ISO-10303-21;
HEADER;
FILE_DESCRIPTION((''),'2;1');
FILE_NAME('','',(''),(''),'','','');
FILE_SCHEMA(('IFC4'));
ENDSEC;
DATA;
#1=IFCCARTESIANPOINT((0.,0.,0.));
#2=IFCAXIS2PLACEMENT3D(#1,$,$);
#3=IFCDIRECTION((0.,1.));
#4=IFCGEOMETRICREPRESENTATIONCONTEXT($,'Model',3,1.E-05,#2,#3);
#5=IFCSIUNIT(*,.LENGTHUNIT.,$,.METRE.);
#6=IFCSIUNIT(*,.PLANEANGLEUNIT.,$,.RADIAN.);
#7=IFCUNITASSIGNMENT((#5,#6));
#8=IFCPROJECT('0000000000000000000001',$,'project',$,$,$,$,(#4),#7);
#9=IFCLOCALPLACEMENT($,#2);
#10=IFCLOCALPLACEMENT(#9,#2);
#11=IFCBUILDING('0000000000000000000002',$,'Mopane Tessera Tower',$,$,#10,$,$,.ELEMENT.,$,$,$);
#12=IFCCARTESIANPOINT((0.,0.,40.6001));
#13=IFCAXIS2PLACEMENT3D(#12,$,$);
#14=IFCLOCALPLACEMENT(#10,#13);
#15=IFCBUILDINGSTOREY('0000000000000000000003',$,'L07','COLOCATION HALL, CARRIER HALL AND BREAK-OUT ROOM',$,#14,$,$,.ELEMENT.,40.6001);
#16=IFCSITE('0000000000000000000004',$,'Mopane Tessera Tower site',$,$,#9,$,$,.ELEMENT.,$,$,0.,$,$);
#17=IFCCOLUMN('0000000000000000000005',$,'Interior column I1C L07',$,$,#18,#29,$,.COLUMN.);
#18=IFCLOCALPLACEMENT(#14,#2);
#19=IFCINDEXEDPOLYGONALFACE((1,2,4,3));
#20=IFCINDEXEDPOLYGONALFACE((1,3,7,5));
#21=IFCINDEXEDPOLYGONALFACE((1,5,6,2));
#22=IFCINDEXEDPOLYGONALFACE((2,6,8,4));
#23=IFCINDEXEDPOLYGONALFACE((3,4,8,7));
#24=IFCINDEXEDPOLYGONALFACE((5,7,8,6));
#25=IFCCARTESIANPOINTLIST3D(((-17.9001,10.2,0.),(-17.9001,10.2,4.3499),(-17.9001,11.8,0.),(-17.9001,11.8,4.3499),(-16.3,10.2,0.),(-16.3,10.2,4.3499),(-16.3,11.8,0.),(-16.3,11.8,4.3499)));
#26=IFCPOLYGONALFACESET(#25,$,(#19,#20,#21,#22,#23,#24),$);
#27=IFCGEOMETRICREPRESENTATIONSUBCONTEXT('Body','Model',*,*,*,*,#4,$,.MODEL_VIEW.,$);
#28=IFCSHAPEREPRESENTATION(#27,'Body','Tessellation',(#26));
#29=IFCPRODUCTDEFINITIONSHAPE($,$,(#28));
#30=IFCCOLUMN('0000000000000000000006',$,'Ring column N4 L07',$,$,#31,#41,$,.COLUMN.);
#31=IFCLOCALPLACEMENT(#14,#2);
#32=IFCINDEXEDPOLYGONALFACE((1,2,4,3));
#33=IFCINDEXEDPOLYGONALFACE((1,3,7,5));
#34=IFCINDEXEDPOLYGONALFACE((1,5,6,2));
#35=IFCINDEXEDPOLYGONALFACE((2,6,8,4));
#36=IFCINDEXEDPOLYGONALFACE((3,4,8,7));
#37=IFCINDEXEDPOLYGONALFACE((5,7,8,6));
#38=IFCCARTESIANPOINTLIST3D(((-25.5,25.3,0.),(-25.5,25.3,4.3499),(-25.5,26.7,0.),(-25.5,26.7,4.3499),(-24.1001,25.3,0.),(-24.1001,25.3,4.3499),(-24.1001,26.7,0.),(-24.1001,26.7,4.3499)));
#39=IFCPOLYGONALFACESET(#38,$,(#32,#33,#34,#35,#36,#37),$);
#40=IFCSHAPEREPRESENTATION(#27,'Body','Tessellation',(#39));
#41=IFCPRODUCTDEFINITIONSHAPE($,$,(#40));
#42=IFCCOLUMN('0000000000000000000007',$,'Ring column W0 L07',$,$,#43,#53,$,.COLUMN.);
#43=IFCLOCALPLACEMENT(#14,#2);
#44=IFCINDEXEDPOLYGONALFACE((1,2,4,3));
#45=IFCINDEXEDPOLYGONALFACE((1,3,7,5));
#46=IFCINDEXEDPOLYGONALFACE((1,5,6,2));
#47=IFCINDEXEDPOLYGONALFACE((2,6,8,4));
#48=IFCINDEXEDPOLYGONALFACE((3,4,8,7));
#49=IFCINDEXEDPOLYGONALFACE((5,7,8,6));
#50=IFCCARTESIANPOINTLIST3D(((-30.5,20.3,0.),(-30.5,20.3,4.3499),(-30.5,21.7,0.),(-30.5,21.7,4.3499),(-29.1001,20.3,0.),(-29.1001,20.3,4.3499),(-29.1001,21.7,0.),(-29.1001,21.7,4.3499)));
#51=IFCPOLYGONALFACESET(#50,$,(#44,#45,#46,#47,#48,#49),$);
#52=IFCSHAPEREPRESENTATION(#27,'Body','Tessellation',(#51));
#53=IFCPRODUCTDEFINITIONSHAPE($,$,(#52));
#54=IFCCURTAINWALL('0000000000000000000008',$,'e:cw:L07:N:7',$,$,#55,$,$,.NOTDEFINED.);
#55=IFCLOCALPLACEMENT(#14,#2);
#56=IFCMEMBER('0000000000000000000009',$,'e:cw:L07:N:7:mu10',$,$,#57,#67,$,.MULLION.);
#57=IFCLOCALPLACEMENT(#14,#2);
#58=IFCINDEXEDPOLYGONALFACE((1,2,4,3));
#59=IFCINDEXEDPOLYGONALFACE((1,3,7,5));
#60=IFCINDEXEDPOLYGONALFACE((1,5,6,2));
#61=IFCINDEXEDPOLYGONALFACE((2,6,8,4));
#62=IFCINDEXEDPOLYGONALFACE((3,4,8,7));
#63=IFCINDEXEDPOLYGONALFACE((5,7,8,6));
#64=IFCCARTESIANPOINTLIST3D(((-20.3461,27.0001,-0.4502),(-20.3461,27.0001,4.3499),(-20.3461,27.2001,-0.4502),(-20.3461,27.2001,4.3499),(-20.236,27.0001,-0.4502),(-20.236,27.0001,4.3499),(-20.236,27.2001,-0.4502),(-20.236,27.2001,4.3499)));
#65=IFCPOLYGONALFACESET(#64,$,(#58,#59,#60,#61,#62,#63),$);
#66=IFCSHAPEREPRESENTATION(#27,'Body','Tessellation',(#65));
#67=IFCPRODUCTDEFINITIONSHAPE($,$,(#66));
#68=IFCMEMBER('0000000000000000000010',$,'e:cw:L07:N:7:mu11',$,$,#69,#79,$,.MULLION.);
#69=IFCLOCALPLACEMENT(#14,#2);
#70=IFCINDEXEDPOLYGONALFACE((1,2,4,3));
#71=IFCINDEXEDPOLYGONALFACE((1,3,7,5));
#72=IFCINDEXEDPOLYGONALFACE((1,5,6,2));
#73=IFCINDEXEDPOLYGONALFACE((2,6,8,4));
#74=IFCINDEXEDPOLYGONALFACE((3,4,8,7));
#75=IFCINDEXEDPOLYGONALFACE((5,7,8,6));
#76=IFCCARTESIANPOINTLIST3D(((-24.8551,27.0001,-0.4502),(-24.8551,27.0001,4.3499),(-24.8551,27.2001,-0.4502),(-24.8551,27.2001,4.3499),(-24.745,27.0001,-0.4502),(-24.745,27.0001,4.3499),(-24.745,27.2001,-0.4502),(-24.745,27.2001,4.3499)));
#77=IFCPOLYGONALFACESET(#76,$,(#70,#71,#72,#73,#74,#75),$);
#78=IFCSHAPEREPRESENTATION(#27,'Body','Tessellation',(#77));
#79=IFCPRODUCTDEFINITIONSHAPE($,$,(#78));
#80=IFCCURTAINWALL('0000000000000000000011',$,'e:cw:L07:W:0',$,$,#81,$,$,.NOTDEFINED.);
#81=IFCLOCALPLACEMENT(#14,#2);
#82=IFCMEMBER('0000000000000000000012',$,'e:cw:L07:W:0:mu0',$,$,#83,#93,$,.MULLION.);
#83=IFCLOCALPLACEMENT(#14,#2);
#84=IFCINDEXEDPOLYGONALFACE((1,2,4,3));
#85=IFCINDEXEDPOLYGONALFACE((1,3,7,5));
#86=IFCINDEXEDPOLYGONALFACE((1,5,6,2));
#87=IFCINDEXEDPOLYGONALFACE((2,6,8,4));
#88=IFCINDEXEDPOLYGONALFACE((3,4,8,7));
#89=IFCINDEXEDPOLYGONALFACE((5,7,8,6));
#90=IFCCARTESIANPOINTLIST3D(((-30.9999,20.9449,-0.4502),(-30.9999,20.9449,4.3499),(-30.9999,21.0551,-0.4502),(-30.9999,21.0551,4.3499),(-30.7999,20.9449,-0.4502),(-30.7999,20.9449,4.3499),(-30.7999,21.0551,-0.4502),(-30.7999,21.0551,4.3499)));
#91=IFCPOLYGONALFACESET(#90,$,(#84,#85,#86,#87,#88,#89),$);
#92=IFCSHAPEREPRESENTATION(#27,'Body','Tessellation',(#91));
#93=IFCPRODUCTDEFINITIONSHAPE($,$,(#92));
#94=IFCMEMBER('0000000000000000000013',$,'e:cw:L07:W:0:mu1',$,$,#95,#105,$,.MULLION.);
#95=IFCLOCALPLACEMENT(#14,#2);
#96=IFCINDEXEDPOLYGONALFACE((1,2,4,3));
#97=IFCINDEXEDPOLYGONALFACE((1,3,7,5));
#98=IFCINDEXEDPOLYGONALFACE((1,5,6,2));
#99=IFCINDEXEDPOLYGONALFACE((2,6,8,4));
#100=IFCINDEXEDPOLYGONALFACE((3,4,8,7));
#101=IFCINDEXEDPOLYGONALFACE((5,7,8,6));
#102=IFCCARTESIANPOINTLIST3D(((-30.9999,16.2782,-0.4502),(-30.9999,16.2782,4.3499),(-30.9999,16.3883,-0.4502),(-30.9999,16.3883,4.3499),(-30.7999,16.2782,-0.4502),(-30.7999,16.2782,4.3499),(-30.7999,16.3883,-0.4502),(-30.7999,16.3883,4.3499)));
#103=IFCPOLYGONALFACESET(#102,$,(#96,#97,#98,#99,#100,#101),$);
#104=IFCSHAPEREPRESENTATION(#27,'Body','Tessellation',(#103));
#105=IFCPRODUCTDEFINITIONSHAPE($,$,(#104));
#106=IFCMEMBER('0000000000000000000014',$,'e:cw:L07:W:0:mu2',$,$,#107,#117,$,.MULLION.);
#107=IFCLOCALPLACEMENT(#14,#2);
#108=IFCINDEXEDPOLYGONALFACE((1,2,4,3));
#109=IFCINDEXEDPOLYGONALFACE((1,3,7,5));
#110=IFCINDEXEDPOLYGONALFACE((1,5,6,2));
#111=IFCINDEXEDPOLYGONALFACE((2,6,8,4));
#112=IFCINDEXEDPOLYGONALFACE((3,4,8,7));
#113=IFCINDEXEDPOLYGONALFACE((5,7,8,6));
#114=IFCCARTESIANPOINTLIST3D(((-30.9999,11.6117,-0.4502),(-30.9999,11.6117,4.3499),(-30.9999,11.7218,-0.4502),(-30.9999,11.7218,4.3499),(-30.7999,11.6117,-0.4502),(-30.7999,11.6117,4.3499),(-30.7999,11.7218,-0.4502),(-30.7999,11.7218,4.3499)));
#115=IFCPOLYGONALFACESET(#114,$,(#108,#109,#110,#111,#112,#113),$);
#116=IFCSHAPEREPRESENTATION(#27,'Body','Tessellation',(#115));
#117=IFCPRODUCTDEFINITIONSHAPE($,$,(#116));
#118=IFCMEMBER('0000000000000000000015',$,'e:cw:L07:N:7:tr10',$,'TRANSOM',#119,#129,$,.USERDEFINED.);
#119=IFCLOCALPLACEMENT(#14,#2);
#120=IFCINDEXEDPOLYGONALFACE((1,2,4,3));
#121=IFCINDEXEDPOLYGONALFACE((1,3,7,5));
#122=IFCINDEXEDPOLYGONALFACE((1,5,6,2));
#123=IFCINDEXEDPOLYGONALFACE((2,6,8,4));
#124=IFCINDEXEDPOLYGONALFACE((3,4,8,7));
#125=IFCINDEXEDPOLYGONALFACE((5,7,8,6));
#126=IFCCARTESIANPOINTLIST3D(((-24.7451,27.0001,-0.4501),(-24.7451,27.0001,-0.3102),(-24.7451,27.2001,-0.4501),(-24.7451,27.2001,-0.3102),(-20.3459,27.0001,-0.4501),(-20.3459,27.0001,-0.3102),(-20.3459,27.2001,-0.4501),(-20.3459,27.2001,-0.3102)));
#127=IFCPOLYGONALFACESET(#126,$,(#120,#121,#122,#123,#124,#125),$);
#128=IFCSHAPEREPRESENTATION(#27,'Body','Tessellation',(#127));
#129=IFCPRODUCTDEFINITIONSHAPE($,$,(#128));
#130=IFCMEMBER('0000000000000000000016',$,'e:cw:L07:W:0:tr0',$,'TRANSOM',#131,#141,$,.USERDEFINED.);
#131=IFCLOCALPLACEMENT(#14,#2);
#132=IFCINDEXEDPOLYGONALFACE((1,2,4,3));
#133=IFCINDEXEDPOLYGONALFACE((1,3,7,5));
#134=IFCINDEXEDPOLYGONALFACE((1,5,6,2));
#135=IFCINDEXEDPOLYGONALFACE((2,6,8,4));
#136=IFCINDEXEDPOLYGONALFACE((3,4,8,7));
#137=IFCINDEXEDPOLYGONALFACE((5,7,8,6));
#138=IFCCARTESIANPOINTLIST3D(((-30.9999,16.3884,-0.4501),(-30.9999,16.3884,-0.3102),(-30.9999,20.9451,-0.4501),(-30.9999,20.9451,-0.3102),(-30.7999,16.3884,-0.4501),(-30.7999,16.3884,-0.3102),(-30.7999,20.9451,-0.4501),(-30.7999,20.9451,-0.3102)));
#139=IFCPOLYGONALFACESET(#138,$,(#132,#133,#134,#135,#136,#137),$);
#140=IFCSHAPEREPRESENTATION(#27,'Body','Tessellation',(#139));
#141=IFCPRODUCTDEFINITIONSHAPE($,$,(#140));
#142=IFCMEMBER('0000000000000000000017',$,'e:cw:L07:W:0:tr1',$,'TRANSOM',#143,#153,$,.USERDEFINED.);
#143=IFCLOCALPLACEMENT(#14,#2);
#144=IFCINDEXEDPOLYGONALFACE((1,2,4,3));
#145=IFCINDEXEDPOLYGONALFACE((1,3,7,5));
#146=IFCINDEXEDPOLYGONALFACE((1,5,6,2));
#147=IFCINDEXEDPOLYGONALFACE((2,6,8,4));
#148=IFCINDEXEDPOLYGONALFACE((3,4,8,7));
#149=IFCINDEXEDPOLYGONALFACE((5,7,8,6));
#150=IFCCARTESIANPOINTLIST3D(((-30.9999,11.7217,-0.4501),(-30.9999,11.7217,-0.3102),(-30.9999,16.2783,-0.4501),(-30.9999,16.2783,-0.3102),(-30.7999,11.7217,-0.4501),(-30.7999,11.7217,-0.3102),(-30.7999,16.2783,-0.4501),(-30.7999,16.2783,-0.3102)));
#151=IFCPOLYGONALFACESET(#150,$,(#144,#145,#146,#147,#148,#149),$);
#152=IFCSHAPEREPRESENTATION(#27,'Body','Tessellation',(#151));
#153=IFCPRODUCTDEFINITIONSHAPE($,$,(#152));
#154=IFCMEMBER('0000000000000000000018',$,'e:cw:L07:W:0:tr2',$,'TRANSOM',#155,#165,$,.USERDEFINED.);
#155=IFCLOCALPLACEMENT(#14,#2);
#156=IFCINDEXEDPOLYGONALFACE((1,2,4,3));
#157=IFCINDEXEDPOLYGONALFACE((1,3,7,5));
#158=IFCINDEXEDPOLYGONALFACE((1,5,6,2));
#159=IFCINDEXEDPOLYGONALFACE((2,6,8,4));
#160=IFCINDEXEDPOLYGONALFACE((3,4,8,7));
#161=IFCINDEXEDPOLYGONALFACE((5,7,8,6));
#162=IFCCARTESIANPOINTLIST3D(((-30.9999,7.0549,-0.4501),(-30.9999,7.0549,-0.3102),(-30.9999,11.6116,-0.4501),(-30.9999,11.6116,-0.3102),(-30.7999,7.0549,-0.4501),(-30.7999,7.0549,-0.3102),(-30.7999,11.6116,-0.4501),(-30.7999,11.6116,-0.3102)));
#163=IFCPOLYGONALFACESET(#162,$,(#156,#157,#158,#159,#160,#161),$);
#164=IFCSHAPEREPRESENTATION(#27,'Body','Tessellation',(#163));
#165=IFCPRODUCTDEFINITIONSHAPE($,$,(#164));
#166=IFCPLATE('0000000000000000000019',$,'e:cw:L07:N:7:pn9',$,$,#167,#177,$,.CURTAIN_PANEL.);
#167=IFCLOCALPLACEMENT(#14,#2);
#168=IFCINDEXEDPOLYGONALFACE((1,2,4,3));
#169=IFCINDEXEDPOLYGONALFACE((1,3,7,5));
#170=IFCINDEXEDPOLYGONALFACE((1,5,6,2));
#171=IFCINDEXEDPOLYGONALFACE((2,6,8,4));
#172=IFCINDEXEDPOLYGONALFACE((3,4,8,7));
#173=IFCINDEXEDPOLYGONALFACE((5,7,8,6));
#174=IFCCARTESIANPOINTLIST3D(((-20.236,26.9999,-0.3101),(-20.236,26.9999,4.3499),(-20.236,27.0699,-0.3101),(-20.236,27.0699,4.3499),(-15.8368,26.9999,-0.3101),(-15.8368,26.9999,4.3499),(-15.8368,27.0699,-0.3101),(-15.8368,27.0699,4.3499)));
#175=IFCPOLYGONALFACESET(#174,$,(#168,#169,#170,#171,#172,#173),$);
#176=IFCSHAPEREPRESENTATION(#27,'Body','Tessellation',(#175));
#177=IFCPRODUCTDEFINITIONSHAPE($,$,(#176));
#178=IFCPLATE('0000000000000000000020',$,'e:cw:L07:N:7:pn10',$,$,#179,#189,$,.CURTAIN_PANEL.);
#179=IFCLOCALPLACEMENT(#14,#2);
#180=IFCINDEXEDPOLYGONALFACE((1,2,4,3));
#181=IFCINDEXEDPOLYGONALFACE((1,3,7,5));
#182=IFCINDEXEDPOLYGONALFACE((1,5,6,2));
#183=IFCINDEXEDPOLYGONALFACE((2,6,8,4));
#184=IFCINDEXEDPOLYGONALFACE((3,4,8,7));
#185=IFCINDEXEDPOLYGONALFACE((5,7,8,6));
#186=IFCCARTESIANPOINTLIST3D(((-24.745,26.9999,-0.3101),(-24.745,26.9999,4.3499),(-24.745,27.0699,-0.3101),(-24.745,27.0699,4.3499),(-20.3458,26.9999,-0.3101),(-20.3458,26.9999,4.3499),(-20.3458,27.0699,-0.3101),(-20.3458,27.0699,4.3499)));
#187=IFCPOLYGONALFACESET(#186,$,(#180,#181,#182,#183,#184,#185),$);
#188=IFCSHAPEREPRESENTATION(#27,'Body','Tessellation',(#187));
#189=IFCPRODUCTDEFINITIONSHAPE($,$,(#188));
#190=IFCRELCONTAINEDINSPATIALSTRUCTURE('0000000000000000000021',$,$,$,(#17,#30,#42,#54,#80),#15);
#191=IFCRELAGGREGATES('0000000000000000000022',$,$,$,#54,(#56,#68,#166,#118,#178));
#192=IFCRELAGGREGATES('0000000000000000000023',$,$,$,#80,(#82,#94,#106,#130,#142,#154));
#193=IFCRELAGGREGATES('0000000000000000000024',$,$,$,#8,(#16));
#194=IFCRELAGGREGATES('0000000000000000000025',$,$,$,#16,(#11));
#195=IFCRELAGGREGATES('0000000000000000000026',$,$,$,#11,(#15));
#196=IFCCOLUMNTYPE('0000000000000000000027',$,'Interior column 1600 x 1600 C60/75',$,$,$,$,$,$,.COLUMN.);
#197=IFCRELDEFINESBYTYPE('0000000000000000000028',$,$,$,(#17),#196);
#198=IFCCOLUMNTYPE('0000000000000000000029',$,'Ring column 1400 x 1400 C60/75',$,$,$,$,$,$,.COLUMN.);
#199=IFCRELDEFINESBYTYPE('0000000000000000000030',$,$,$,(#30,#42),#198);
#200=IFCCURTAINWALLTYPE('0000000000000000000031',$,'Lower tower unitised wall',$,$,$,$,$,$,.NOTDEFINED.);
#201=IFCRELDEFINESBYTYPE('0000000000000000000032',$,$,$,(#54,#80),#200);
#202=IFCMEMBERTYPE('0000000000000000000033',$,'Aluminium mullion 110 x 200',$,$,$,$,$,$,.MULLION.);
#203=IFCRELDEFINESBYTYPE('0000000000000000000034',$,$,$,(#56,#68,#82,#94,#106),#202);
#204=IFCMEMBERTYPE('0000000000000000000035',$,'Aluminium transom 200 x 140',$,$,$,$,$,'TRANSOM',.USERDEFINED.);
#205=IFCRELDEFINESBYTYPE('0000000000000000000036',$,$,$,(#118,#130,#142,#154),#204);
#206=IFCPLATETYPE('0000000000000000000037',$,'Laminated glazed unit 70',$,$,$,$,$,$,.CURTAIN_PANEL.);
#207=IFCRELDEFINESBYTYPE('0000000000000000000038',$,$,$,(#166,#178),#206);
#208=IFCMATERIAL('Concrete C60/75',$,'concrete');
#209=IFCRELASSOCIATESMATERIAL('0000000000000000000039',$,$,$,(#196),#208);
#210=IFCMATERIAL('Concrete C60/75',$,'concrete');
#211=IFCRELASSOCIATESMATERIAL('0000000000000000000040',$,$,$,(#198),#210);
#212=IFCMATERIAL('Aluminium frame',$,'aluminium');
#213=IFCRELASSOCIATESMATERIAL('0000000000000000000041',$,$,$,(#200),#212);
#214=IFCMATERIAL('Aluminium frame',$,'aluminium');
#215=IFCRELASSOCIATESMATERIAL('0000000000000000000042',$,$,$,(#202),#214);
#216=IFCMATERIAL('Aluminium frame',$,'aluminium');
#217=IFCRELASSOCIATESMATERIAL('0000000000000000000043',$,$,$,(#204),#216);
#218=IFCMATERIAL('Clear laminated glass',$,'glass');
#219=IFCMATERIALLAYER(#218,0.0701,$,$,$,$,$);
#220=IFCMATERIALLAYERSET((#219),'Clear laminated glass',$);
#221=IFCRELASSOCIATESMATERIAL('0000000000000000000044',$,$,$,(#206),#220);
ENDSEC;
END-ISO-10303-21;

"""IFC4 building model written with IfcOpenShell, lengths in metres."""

from ifc_helpers import new_model, si_unit, direction, frame, origin, origin_2d, place, context, subcontext, project, spatial, rectangle, extrude, material, layer, layer_set, material_profile, profile_set, type_object, element, aggregate, save


model = new_model("IFC4")

# Units and contexts
model_context = context("Model", 3, precision=1e-05, world=origin(), true_north=direction((0.0, 1.0)))
body_context = subcontext(model_context, "Body", "Model", "MODEL_VIEW")
ifc_project = project(units=[si_unit("LENGTHUNIT", "METRE"), si_unit("PLANEANGLEUNIT", "RADIAN")], contexts=[model_context])

# Site, building, storey
site_placement = place(None, origin())
site = spatial("IfcSite", under=ifc_project, at=site_placement, Name="Mopane Tessera Tower site", CompositionType="ELEMENT", RefElevation=0.0)
building_placement = place(site_placement, origin())
building = spatial("IfcBuilding", under=site, at=building_placement, Name="Mopane Tessera Tower", CompositionType="ELEMENT")
storey_placement = place(building_placement, frame((0.0, 0.0, 40.6001)))
storey = spatial("IfcBuildingStorey", under=building, at=storey_placement, Name="L07", Description="COLOCATION HALL, CARRIER HALL AND BREAK-OUT ROOM", CompositionType="ELEMENT", Elevation=40.6001)

# Columns
ifc_material_1 = material(Name="Concrete C60/75", Category="concrete")
ifc_material_profile_1 = material_profile(ifc_material_1, rectangle(XDim=1.6001, YDim=1.6001, at=origin_2d()))
ifc_profile_set_1 = profile_set([ifc_material_profile_1], Name="Concrete C60/75")
column_type_1 = type_object("IfcColumnType", Name="Interior column 1600 x 1600 C60/75", PredefinedType="COLUMN", material=ifc_profile_set_1)
column_placement = place(storey_placement, frame((-17.1001, 11.0, 0.0), z_axis=(0.0, 0.0, 1.0), x_axis=(1.0, 0.0, 0.0)))
element("IfcColumn", 1, at=column_placement, inside=storey, type_object=column_type_1, Name="Interior column I1C L07", PredefinedType="COLUMN", context=body_context, shape_type="SweptSolid", body=[
    extrude(rectangle(XDim=1.6001, YDim=1.6001, at=origin_2d()), origin(), (0.0, 0.0, 1.0), 4.3499),
])
ifc_material_2 = material(Name="Concrete C60/75", Category="concrete")
ifc_material_profile_2 = material_profile(ifc_material_2, rectangle(XDim=1.3999, YDim=1.3999, at=origin_2d()))
ifc_profile_set_2 = profile_set([ifc_material_profile_2], Name="Concrete C60/75")
column_type_2 = type_object("IfcColumnType", Name="Ring column 1400 x 1400 C60/75", PredefinedType="COLUMN", material=ifc_profile_set_2)
for number, where, z_axis, x_axis, name in (
    (2, (-24.8, 26.0, 0.0), (0.0, 0.0, 1.0), (1.0, 0.0, 0.0), "Ring column N4 L07"),
    (3, (-29.8, 21.0, 0.0), (0.0, 0.0, 1.0), (1.0, 0.0, 0.0), "Ring column W0 L07"),
):
    element("IfcColumn", number, at=place(storey_placement, frame(where, z_axis=z_axis, x_axis=x_axis)), inside=storey, type_object=column_type_2, Name=name, PredefinedType="COLUMN", context=body_context, shape_type="SweptSolid", body=[
        extrude(rectangle(XDim=1.3999, YDim=1.3999, at=origin_2d()), origin(), (0.0, 0.0, 1.0), 4.3499),
    ])

# Curtain walls, members
ifc_material_3 = material(Name="Aluminium frame", Category="aluminium")
curtain_wall_type = type_object("IfcCurtainWallType", Name="Lower tower unitised wall", PredefinedType="NOTDEFINED", material=ifc_material_3)
curtain_wall_1_placement = place(storey_placement, origin())
curtain_wall_1 = element("IfcCurtainWall", 4, at=curtain_wall_1_placement, inside=storey, type_object=curtain_wall_type, Name="e:cw:L07:N:7", PredefinedType="NOTDEFINED")
ifc_material_4 = material(Name="Aluminium frame", Category="aluminium")
ifc_material_profile_3 = material_profile(ifc_material_4, rectangle(XDim=0.1101, YDim=0.2, at=origin_2d()))
ifc_profile_set_3 = profile_set([ifc_material_profile_3], Name="Aluminium frame")
member_type_1 = type_object("IfcMemberType", Name="Aluminium mullion 110 x 200", PredefinedType="MULLION", material=ifc_profile_set_3)
member_1_placement = place(storey_placement, frame((-20.291, 27.1001, -0.4502), z_axis=(0.0, 0.0, 1.0), x_axis=(-1.0, 0.0, 0.0)))
member_1 = element("IfcMember", 5, at=member_1_placement, type_object=member_type_1, Name="e:cw:L07:N:7:mu10", PredefinedType="MULLION", context=body_context, shape_type="SweptSolid", body=[
    extrude(rectangle(XDim=0.1101, YDim=0.2, at=origin_2d()), origin(), (0.0, 0.0, 1.0), 4.8),
])
member_2_placement = place(storey_placement, frame((-24.8, 27.1001, -0.4502), z_axis=(0.0, 0.0, 1.0), x_axis=(-1.0, 0.0, 0.0)))
member_2 = element("IfcMember", 6, at=member_2_placement, type_object=member_type_1, Name="e:cw:L07:N:7:mu11", PredefinedType="MULLION", context=body_context, shape_type="SweptSolid", body=[
    extrude(rectangle(XDim=0.1101, YDim=0.2, at=origin_2d()), origin(), (0.0, 0.0, 1.0), 4.8),
])
curtain_wall_2_placement = place(storey_placement, origin())
curtain_wall_2 = element("IfcCurtainWall", 7, at=curtain_wall_2_placement, inside=storey, type_object=curtain_wall_type, Name="e:cw:L07:W:0", PredefinedType="NOTDEFINED")
member_3_placement = place(storey_placement, frame((-30.8999, 21.0, -0.4502), z_axis=(0.0, 0.0, 1.0), x_axis=(0.0, -1.0, 0.0)))
member_3 = element("IfcMember", 8, at=member_3_placement, type_object=member_type_1, Name="e:cw:L07:W:0:mu0", PredefinedType="MULLION", context=body_context, shape_type="SweptSolid", body=[
    extrude(rectangle(XDim=0.1101, YDim=0.2, at=origin_2d()), origin(), (0.0, 0.0, 1.0), 4.8),
])
member_4_placement = place(storey_placement, frame((-30.8999, 16.3333, -0.4502), z_axis=(0.0, 0.0, 1.0), x_axis=(0.0, -1.0, 0.0)))
member_4 = element("IfcMember", 9, at=member_4_placement, type_object=member_type_1, Name="e:cw:L07:W:0:mu1", PredefinedType="MULLION", context=body_context, shape_type="SweptSolid", body=[
    extrude(rectangle(XDim=0.1101, YDim=0.2, at=origin_2d()), origin(), (0.0, 0.0, 1.0), 4.8),
])
member_5_placement = place(storey_placement, frame((-30.8999, 11.6667, -0.4502), z_axis=(0.0, 0.0, 1.0), x_axis=(0.0, -1.0, 0.0)))
member_5 = element("IfcMember", 10, at=member_5_placement, type_object=member_type_1, Name="e:cw:L07:W:0:mu2", PredefinedType="MULLION", context=body_context, shape_type="SweptSolid", body=[
    extrude(rectangle(XDim=0.1101, YDim=0.2, at=origin_2d()), origin(), (0.0, 0.0, 1.0), 4.8),
])

# Members
ifc_material_5 = material(Name="Aluminium frame", Category="aluminium")
ifc_material_profile_4 = material_profile(ifc_material_5, rectangle(XDim=0.2, YDim=0.1399, at=origin_2d()))
ifc_profile_set_4 = profile_set([ifc_material_profile_4], Name="Aluminium frame")
member_type_2 = type_object("IfcMemberType", Name="Aluminium transom 200 x 140", ElementType="TRANSOM", PredefinedType="USERDEFINED", material=ifc_profile_set_4)
member_6_placement = place(storey_placement, frame((-20.3459, 27.1001, -0.3801), z_axis=(-1.0, 0.0, 0.0), x_axis=(0.0, -1.0, 0.0)))
member_6 = element("IfcMember", 11, at=member_6_placement, type_object=member_type_2, Name="e:cw:L07:N:7:tr10", ObjectType="TRANSOM", PredefinedType="USERDEFINED", context=body_context, shape_type="SweptSolid", body=[
    extrude(rectangle(XDim=0.2, YDim=0.1399, at=origin_2d()), origin(), (0.0, 0.0, 1.0), 4.3992),
])
member_7_placement = place(storey_placement, frame((-30.8999, 20.9451, -0.3801), z_axis=(0.0, -1.0, 0.0), x_axis=(1.0, 0.0, 0.0)))
member_7 = element("IfcMember", 12, at=member_7_placement, type_object=member_type_2, Name="e:cw:L07:W:0:tr0", ObjectType="TRANSOM", PredefinedType="USERDEFINED", context=body_context, shape_type="SweptSolid", body=[
    extrude(rectangle(XDim=0.2, YDim=0.1399, at=origin_2d()), origin(), (0.0, 0.0, 1.0), 4.5566),
])
member_8_placement = place(storey_placement, frame((-30.8999, 16.2783, -0.3801), z_axis=(0.0, -1.0, 0.0), x_axis=(1.0, 0.0, 0.0)))
member_8 = element("IfcMember", 13, at=member_8_placement, type_object=member_type_2, Name="e:cw:L07:W:0:tr1", ObjectType="TRANSOM", PredefinedType="USERDEFINED", context=body_context, shape_type="SweptSolid", body=[
    extrude(rectangle(XDim=0.2, YDim=0.1399, at=origin_2d()), origin(), (0.0, 0.0, 1.0), 4.5566),
])
member_9_placement = place(storey_placement, frame((-30.8999, 11.6116, -0.3801), z_axis=(0.0, -1.0, 0.0), x_axis=(1.0, 0.0, 0.0)))
member_9 = element("IfcMember", 14, at=member_9_placement, type_object=member_type_2, Name="e:cw:L07:W:0:tr2", ObjectType="TRANSOM", PredefinedType="USERDEFINED", context=body_context, shape_type="SweptSolid", body=[
    extrude(rectangle(XDim=0.2, YDim=0.1399, at=origin_2d()), origin(), (0.0, 0.0, 1.0), 4.5566),
])

# Plates
ifc_material_6 = material(Name="Clear laminated glass", Category="glass")
ifc_layer_1 = layer(ifc_material_6, 0.0701)
ifc_layer_set_1 = layer_set([ifc_layer_1], Name="Clear laminated glass")
plate_type = type_object("IfcPlateType", Name="Laminated glazed unit 70", PredefinedType="CURTAIN_PANEL", material=ifc_layer_set_1)
plate_1_placement = place(storey_placement, frame((-18.0364, 27.0349, -0.3101), z_axis=(0.0, 0.0, 1.0), x_axis=(-1.0, 0.0, 0.0)))
plate_1 = element("IfcPlate", 15, at=plate_1_placement, type_object=plate_type, Name="e:cw:L07:N:7:pn9", PredefinedType="CURTAIN_PANEL", context=body_context, shape_type="SweptSolid", body=[
    extrude(rectangle(XDim=4.3992, YDim=0.0701, at=origin_2d()), origin(), (0.0, 0.0, 1.0), 4.6599),
])
plate_2_placement = place(storey_placement, frame((-22.5454, 27.0349, -0.3101), z_axis=(0.0, 0.0, 1.0), x_axis=(-1.0, 0.0, 0.0)))
plate_2 = element("IfcPlate", 16, at=plate_2_placement, type_object=plate_type, Name="e:cw:L07:N:7:pn10", PredefinedType="CURTAIN_PANEL", context=body_context, shape_type="SweptSolid", body=[
    extrude(rectangle(XDim=4.3992, YDim=0.0701, at=origin_2d()), origin(), (0.0, 0.0, 1.0), 4.6599),
])
aggregate(curtain_wall_1, [member_1, member_2, plate_1, member_6, plate_2])
aggregate(curtain_wall_2, [member_3, member_4, member_5, member_7, member_8, member_9])

save(model, "model.ifc")
